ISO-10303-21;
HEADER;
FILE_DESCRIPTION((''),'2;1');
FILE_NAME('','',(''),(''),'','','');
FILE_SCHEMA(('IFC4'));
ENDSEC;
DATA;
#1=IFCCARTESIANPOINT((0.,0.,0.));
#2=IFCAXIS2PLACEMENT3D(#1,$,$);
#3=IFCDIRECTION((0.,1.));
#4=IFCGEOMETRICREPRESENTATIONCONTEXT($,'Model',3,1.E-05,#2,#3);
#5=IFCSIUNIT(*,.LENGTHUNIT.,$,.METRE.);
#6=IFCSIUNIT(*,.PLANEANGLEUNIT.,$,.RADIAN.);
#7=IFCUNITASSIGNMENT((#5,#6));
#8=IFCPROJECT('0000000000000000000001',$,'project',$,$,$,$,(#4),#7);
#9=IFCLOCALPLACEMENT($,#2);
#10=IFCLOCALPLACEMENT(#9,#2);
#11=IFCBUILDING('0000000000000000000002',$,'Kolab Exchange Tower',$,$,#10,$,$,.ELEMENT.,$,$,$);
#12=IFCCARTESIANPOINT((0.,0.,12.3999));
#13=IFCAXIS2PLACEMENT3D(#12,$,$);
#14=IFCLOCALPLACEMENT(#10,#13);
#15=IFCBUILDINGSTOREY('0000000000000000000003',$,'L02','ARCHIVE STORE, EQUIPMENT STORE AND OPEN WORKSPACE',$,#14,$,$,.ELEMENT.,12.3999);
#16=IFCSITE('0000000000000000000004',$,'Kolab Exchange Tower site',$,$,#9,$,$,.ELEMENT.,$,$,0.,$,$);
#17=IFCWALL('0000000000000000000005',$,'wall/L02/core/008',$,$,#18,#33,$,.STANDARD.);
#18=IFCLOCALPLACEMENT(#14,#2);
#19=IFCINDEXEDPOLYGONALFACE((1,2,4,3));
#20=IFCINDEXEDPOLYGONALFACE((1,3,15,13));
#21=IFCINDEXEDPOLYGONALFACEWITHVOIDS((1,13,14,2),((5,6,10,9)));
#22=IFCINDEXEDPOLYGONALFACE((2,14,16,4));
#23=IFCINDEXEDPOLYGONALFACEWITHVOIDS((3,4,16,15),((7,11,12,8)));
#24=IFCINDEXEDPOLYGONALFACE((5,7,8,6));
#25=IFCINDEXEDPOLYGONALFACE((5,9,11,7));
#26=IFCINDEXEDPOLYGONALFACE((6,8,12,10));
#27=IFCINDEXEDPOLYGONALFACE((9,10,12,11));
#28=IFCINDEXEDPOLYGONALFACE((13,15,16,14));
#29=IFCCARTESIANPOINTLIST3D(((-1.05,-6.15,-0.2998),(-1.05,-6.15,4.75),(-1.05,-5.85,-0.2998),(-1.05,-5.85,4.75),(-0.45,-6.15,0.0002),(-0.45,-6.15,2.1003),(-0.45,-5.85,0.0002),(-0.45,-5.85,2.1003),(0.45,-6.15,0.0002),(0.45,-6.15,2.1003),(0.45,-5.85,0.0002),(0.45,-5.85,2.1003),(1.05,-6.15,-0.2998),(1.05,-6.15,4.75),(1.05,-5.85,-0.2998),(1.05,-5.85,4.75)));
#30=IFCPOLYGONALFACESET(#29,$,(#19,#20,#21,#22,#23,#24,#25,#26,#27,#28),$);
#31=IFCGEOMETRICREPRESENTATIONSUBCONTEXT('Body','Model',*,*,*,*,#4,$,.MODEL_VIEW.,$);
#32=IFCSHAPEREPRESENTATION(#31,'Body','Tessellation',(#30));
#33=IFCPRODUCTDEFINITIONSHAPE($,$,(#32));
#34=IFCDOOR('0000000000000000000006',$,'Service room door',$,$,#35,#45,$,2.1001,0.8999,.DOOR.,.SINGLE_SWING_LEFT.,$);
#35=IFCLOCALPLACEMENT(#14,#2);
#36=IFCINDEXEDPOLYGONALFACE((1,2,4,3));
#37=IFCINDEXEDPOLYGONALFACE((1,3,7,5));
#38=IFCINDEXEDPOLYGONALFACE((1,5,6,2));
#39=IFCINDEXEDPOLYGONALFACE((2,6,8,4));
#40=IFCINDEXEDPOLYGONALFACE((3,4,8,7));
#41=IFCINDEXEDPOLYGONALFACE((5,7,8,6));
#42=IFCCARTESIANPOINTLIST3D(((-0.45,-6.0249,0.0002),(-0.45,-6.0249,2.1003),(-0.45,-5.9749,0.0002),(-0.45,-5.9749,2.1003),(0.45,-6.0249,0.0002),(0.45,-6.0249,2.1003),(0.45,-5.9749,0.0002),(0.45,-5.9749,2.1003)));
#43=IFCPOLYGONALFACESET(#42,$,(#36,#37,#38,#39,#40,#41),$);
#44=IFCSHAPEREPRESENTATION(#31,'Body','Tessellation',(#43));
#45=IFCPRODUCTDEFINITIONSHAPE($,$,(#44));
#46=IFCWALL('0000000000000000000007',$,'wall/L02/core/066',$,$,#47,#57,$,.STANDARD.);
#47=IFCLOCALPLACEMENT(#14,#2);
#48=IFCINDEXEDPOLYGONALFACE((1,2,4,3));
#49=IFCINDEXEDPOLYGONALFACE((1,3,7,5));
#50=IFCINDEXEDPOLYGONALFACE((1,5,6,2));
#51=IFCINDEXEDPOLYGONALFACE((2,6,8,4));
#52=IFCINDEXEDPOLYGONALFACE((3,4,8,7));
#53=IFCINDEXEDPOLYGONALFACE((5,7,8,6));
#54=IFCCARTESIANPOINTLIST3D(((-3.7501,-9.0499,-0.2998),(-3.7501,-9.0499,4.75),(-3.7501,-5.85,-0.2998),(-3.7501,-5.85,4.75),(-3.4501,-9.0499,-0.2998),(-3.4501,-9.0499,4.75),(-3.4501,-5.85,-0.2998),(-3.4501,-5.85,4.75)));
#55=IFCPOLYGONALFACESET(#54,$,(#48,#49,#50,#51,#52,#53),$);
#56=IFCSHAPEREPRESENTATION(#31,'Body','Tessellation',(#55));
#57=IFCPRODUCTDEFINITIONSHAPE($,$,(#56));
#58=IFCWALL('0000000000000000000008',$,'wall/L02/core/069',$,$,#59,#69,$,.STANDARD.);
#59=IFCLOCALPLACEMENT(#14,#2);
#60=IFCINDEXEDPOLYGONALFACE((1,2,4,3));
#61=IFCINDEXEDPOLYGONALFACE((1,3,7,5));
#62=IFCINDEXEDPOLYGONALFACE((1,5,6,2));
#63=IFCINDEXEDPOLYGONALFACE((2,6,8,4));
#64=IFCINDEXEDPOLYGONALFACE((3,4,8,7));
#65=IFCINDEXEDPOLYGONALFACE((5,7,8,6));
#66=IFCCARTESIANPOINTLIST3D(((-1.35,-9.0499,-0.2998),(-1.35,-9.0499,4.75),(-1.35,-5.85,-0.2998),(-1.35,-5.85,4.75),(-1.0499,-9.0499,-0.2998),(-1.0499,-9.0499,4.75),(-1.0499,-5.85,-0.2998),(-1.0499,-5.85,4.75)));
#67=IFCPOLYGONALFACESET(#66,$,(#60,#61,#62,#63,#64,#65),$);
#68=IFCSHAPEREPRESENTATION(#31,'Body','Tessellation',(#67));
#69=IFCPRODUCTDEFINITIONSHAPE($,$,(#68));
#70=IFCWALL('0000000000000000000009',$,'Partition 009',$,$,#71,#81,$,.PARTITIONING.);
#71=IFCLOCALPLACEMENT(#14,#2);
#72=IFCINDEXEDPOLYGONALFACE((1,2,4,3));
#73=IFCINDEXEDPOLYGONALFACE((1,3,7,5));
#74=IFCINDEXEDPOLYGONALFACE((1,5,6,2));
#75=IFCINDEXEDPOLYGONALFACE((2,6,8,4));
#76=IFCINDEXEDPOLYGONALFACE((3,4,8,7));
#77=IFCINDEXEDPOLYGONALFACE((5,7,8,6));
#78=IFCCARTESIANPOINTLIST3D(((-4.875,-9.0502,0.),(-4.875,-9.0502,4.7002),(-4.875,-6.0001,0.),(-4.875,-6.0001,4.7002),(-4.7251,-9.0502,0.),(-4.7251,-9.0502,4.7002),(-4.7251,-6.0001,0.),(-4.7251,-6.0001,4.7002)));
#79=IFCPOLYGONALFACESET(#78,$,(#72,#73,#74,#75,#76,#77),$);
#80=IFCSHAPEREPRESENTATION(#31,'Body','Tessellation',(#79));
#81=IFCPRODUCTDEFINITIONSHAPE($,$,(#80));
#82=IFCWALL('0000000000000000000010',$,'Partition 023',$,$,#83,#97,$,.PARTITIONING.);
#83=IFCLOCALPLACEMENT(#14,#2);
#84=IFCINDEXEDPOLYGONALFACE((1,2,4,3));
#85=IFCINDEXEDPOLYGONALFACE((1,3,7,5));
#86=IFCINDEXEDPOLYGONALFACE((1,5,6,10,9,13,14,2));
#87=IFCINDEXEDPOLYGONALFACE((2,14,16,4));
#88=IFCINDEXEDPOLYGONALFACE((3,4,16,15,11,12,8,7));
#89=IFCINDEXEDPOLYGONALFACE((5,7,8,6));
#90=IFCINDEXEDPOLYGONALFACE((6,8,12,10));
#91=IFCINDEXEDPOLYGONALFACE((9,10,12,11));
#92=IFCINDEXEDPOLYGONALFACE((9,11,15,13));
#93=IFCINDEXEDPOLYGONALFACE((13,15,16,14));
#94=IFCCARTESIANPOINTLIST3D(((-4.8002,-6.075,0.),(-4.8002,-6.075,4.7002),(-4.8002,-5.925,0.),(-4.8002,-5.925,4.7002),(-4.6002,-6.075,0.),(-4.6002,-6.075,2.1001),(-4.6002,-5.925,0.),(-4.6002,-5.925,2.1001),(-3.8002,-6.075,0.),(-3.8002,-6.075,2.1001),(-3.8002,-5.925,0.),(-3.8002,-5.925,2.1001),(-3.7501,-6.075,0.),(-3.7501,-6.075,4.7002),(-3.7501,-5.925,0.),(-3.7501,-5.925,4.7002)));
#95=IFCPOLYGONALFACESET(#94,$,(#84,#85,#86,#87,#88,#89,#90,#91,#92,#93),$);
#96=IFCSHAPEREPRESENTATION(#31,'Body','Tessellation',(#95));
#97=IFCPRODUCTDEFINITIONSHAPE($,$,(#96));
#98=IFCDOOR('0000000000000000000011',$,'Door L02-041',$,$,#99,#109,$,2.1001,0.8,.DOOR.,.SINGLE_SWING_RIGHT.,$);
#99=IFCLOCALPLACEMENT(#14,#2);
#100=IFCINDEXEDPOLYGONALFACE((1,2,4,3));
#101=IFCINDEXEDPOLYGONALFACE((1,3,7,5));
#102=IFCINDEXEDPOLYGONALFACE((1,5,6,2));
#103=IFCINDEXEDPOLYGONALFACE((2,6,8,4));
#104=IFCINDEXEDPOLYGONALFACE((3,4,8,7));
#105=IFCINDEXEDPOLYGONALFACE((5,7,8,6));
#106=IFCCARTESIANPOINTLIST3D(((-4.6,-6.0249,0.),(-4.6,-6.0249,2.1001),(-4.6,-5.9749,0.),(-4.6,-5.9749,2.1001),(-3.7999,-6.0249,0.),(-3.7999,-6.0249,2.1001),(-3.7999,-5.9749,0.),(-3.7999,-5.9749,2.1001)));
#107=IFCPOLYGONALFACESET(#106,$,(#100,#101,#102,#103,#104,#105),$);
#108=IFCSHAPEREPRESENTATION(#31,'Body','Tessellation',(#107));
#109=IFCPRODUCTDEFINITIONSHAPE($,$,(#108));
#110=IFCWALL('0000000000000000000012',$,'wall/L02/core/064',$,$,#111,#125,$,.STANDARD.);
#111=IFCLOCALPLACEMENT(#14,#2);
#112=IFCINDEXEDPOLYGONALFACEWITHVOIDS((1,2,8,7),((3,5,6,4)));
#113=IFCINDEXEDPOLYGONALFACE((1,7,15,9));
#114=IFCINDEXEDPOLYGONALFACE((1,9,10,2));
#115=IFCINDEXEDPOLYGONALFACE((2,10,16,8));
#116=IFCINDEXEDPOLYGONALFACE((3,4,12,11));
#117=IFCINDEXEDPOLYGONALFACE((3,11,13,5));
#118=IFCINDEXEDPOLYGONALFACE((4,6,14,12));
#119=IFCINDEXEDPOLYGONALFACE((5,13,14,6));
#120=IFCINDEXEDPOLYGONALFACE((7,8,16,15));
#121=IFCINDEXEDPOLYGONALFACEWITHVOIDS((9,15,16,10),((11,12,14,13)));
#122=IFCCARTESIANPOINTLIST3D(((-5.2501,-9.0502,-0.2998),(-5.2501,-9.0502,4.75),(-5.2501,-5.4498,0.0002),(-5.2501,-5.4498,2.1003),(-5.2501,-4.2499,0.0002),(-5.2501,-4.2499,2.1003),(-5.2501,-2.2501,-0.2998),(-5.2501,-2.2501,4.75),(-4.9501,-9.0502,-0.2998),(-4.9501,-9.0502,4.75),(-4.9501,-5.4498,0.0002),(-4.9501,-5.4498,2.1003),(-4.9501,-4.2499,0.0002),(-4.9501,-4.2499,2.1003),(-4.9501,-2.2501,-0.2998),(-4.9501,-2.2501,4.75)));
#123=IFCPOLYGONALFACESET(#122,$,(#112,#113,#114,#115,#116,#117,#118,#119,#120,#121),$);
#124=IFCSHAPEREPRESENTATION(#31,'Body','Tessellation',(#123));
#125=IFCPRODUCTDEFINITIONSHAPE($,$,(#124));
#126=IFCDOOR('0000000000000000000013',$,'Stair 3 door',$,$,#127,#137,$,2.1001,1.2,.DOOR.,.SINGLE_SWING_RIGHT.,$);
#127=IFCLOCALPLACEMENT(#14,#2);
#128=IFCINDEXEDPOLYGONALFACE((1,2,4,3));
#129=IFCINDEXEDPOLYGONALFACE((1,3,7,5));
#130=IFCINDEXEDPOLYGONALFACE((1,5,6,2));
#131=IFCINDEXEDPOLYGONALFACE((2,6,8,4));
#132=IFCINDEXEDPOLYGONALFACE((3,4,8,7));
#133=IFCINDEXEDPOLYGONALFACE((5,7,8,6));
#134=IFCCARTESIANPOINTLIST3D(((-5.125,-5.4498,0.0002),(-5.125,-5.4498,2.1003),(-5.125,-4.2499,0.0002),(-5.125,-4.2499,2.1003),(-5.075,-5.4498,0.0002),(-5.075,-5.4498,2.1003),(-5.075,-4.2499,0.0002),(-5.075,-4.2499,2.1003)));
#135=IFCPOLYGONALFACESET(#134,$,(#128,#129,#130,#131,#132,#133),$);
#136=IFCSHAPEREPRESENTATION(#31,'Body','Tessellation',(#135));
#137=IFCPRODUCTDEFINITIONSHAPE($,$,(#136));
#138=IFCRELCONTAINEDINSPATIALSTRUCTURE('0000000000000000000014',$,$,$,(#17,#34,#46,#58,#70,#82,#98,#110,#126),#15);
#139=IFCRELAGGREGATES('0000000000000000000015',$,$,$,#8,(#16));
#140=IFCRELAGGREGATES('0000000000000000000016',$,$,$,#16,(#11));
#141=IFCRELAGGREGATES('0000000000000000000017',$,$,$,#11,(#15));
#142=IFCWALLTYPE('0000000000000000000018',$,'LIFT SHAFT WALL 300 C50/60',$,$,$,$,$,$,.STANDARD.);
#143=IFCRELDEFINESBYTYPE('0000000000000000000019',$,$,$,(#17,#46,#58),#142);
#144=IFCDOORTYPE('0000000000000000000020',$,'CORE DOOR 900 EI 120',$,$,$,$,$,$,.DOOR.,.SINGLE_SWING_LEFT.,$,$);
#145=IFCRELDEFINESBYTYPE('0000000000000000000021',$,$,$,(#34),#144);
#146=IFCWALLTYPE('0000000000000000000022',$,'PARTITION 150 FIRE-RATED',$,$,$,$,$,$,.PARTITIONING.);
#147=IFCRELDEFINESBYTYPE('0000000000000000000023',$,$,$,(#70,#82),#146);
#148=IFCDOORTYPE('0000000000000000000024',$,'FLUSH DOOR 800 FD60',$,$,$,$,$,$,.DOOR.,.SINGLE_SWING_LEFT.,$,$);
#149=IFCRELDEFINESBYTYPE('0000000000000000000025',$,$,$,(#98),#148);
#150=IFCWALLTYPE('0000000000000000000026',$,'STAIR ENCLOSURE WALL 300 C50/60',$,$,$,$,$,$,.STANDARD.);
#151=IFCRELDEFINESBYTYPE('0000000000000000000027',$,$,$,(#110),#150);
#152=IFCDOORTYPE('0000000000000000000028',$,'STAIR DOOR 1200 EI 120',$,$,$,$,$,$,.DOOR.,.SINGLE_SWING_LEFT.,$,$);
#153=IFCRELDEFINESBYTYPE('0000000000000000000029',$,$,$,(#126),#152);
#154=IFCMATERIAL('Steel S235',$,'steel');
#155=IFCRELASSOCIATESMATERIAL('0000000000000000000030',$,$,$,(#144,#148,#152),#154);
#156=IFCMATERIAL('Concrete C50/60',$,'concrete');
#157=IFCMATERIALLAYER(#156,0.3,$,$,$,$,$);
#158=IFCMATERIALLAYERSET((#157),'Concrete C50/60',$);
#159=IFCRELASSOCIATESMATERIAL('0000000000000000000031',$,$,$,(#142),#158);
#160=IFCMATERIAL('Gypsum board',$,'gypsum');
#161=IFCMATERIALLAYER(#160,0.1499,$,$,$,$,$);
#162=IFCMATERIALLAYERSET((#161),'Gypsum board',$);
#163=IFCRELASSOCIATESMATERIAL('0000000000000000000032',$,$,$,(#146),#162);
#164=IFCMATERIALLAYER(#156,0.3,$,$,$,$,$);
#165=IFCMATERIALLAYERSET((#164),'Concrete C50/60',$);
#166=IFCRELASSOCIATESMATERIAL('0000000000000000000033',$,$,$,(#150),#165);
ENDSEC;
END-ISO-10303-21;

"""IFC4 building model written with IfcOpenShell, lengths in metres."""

from ifc_helpers import new_model, si_unit, direction, frame, frame_2d, origin, place, context, subcontext, project, spatial, rectangle, extrude, material, layer, layer_set, type_object, element, fill, save


model = new_model("IFC4")

# Units and contexts
model_context = context("Model", 3, precision=1e-05, world=origin(), true_north=direction((0.0, 1.0)))
body_context = subcontext(model_context, "Body", "Model", "MODEL_VIEW")
ifc_project = project(units=[si_unit("LENGTHUNIT", "METRE"), si_unit("PLANEANGLEUNIT", "RADIAN")], contexts=[model_context])

# Site, building, storey
site_placement = place(None, origin())
site = spatial("IfcSite", under=ifc_project, at=site_placement, Name="Kolab Exchange Tower site", CompositionType="ELEMENT", RefElevation=0.0)
building_placement = place(site_placement, origin())
building = spatial("IfcBuilding", under=site, at=building_placement, Name="Kolab Exchange Tower", CompositionType="ELEMENT")
storey_placement = place(building_placement, frame((0.0, 0.0, 12.3999)))
storey = spatial("IfcBuildingStorey", under=building, at=storey_placement, Name="L02", Description="ARCHIVE STORE, EQUIPMENT STORE AND OPEN WORKSPACE", CompositionType="ELEMENT", Elevation=12.3999)

# Wall, opening, door
ifc_material_1 = material(Name="Steel S235", Category="steel")
door_type_1 = type_object("IfcDoorType", Name="CORE DOOR 900 EI 120", OperationType="SINGLE_SWING_LEFT", PredefinedType="DOOR", material=ifc_material_1)
ifc_material_2 = material(Name="Concrete C50/60", Category="concrete")
ifc_layer_1 = layer(ifc_material_2, 0.3)
ifc_layer_set_1 = layer_set([ifc_layer_1], Name="Concrete C50/60")
wall_type_1 = type_object("IfcWallType", Name="LIFT SHAFT WALL 300 C50/60", PredefinedType="STANDARD", material=ifc_layer_set_1)
wall_1_placement = place(storey_placement, frame((-1.05, -6.0, -0.2998), z_axis=(0.0, 0.0, 1.0), x_axis=(1.0, 0.0, 0.0)))
wall_1 = element("IfcWall", 1, at=wall_1_placement, inside=storey, type_object=wall_type_1, Name="wall/L02/core/008", PredefinedType="STANDARD", context=body_context, shape_type="SweptSolid", body=[
    extrude(rectangle(XDim=2.1001, YDim=0.3, at=frame_2d((1.05, 0.0))), origin(), (0.0, 0.0, 1.0), 5.0498),
])
opening_1_placement = place(wall_1_placement, frame((0.6001, 0.0, 0.3)))
opening_1 = element("IfcOpeningElement", 2, at=opening_1_placement, cuts=wall_1, PredefinedType="OPENING", context=body_context, shape_type="SweptSolid", body=[
    extrude(rectangle(XDim=0.8999, YDim=2.1001, at=frame_2d((0.45, 1.05))), frame((0.0, 0.1602, 0.0), z_axis=(0.0, -1.0, 0.0), x_axis=(1.0, 0.0, 0.0)), (0.0, 0.0, 1.0), 0.3201),
])
door_1_placement = place(opening_1_placement, frame((0.8999, 0.0, 0.0), z_axis=(0.0, 0.0, 1.0), x_axis=(-1.0, 0.0, 0.0)))
door_1 = element("IfcDoor", 3, at=door_1_placement, inside=storey, type_object=door_type_1, Name="Service room door", OperationType="SINGLE_SWING_LEFT", OverallHeight=2.1001, OverallWidth=0.8999, PredefinedType="DOOR", context=body_context, shape_type="SweptSolid", body=[
    extrude(rectangle(XDim=0.8999, YDim=2.1001, at=frame_2d((0.45, 1.05))), frame((0.0, 0.0249, 0.0), z_axis=(0.0, -1.0, 0.0), x_axis=(1.0, 0.0, 0.0)), (0.0, 0.0, 1.0), 0.05),
])
fill(opening_1, door_1)

# Walls
for number, where, z_axis, x_axis, name in (
    (4, (-3.6001, -9.05, -0.2998), (0.0, 0.0, 1.0), (0.0, 1.0, 0.0), "wall/L02/core/066"),
    (5, (-1.2, -9.05, -0.2998), (0.0, 0.0, 1.0), (0.0, 1.0, 0.0), "wall/L02/core/069"),
):
    element("IfcWall", number, at=place(storey_placement, frame(where, z_axis=z_axis, x_axis=x_axis)), inside=storey, type_object=wall_type_1, Name=name, PredefinedType="STANDARD", context=body_context, shape_type="SweptSolid", body=[
        extrude(rectangle(XDim=3.2, YDim=0.3, at=frame_2d((1.6001, 0.0))), origin(), (0.0, 0.0, 1.0), 5.0498),
    ])
ifc_material_3 = material(Name="Gypsum board", Category="gypsum")
ifc_layer_2 = layer(ifc_material_3, 0.1499)
ifc_layer_set_2 = layer_set([ifc_layer_2], Name="Gypsum board")
wall_type_2 = type_object("IfcWallType", Name="PARTITION 150 FIRE-RATED", PredefinedType="PARTITIONING", material=ifc_layer_set_2)
wall_2_placement = place(storey_placement, frame((-4.8, -9.05, 0.0), z_axis=(0.0, 0.0, 1.0), x_axis=(0.0, 1.0, 0.0)))
element("IfcWall", 6, at=wall_2_placement, inside=storey, type_object=wall_type_2, Name="Partition 009", PredefinedType="PARTITIONING", context=body_context, shape_type="SweptSolid", body=[
    extrude(rectangle(XDim=3.05, YDim=0.1499, at=frame_2d((1.5249, 0.0))), origin(), (0.0, 0.0, 1.0), 4.7002),
])

# Walls, openings, doors
wall_3_placement = place(storey_placement, frame((-4.8, -6.0, 0.0), z_axis=(0.0, 0.0, 1.0), x_axis=(1.0, 0.0, 0.0)))
wall_3 = element("IfcWall", 7, at=wall_3_placement, inside=storey, type_object=wall_type_2, Name="Partition 023", PredefinedType="PARTITIONING", context=body_context, shape_type="SweptSolid", body=[
    extrude(rectangle(XDim=1.05, YDim=0.1499, at=frame_2d((0.5249, 0.0))), origin(), (0.0, 0.0, 1.0), 4.7002),
])
opening_2_placement = place(wall_3_placement, frame((0.2, 0.0, 0.0)))
opening_2 = element("IfcOpeningElement", 8, at=opening_2_placement, cuts=wall_3, PredefinedType="OPENING", context=body_context, shape_type="SweptSolid", body=[
    extrude(rectangle(XDim=0.8, YDim=2.1001, at=frame_2d((0.3999, 1.05))), frame((0.0, 0.085, 0.0), z_axis=(0.0, -1.0, 0.0), x_axis=(1.0, 0.0, 0.0)), (0.0, 0.0, 1.0), 0.1699),
])
door_type_2 = type_object("IfcDoorType", Name="FLUSH DOOR 800 FD60", OperationType="SINGLE_SWING_LEFT", PredefinedType="DOOR", material=ifc_material_1)
door_2_placement = place(opening_2_placement, frame((0.8, 0.0, 0.0), z_axis=(0.0, 0.0, 1.0), x_axis=(-1.0, 0.0, 0.0)))
door_2 = element("IfcDoor", 9, at=door_2_placement, inside=storey, type_object=door_type_2, Name="Door L02-041", OperationType="SINGLE_SWING_RIGHT", OverallHeight=2.1001, OverallWidth=0.8, PredefinedType="DOOR", context=body_context, shape_type="SweptSolid", body=[
    extrude(rectangle(XDim=0.8, YDim=2.1001, at=frame_2d((0.3999, 1.05))), frame((0.0, 0.0249, 0.0), z_axis=(0.0, -1.0, 0.0), x_axis=(1.0, 0.0, 0.0)), (0.0, 0.0, 1.0), 0.05),
])
fill(opening_2, door_2)
ifc_layer_3 = layer(ifc_material_2, 0.3)
ifc_layer_set_3 = layer_set([ifc_layer_3], Name="Concrete C50/60")
wall_type_3 = type_object("IfcWallType", Name="STAIR ENCLOSURE WALL 300 C50/60", PredefinedType="STANDARD", material=ifc_layer_set_3)
wall_4_placement = place(storey_placement, frame((-5.1001, -9.05, -0.2998), z_axis=(0.0, 0.0, 1.0), x_axis=(0.0, 1.0, 0.0)))
wall_4 = element("IfcWall", 10, at=wall_4_placement, inside=storey, type_object=wall_type_3, Name="wall/L02/core/064", PredefinedType="STANDARD", context=body_context, shape_type="SweptSolid", body=[
    extrude(rectangle(XDim=6.8, YDim=0.3, at=frame_2d((3.3999, 0.0))), origin(), (0.0, 0.0, 1.0), 5.0498),
])
opening_3_placement = place(wall_4_placement, frame((3.6001, 0.0, 0.3)))
opening_3 = element("IfcOpeningElement", 11, at=opening_3_placement, cuts=wall_4, PredefinedType="OPENING", context=body_context, shape_type="SweptSolid", body=[
    extrude(rectangle(XDim=1.2, YDim=2.1001, at=frame_2d((0.6001, 1.05))), frame((0.0, 0.1602, 0.0), z_axis=(0.0, -1.0, 0.0), x_axis=(1.0, 0.0, 0.0)), (0.0, 0.0, 1.0), 0.3201),
])
door_type_3 = type_object("IfcDoorType", Name="STAIR DOOR 1200 EI 120", OperationType="SINGLE_SWING_LEFT", PredefinedType="DOOR", material=ifc_material_1)
door_3_placement = place(opening_3_placement, origin())
door_3 = element("IfcDoor", 12, at=door_3_placement, inside=storey, type_object=door_type_3, Name="Stair 3 door", OperationType="SINGLE_SWING_RIGHT", OverallHeight=2.1001, OverallWidth=1.2, PredefinedType="DOOR", context=body_context, shape_type="SweptSolid", body=[
    extrude(rectangle(XDim=1.2, YDim=2.1001, at=frame_2d((0.6001, 1.05))), frame((0.0, 0.0249, 0.0), z_axis=(0.0, -1.0, 0.0), x_axis=(1.0, 0.0, 0.0)), (0.0, 0.0, 1.0), 0.05),
])
fill(opening_3, door_3)

save(model, "model.ifc")
